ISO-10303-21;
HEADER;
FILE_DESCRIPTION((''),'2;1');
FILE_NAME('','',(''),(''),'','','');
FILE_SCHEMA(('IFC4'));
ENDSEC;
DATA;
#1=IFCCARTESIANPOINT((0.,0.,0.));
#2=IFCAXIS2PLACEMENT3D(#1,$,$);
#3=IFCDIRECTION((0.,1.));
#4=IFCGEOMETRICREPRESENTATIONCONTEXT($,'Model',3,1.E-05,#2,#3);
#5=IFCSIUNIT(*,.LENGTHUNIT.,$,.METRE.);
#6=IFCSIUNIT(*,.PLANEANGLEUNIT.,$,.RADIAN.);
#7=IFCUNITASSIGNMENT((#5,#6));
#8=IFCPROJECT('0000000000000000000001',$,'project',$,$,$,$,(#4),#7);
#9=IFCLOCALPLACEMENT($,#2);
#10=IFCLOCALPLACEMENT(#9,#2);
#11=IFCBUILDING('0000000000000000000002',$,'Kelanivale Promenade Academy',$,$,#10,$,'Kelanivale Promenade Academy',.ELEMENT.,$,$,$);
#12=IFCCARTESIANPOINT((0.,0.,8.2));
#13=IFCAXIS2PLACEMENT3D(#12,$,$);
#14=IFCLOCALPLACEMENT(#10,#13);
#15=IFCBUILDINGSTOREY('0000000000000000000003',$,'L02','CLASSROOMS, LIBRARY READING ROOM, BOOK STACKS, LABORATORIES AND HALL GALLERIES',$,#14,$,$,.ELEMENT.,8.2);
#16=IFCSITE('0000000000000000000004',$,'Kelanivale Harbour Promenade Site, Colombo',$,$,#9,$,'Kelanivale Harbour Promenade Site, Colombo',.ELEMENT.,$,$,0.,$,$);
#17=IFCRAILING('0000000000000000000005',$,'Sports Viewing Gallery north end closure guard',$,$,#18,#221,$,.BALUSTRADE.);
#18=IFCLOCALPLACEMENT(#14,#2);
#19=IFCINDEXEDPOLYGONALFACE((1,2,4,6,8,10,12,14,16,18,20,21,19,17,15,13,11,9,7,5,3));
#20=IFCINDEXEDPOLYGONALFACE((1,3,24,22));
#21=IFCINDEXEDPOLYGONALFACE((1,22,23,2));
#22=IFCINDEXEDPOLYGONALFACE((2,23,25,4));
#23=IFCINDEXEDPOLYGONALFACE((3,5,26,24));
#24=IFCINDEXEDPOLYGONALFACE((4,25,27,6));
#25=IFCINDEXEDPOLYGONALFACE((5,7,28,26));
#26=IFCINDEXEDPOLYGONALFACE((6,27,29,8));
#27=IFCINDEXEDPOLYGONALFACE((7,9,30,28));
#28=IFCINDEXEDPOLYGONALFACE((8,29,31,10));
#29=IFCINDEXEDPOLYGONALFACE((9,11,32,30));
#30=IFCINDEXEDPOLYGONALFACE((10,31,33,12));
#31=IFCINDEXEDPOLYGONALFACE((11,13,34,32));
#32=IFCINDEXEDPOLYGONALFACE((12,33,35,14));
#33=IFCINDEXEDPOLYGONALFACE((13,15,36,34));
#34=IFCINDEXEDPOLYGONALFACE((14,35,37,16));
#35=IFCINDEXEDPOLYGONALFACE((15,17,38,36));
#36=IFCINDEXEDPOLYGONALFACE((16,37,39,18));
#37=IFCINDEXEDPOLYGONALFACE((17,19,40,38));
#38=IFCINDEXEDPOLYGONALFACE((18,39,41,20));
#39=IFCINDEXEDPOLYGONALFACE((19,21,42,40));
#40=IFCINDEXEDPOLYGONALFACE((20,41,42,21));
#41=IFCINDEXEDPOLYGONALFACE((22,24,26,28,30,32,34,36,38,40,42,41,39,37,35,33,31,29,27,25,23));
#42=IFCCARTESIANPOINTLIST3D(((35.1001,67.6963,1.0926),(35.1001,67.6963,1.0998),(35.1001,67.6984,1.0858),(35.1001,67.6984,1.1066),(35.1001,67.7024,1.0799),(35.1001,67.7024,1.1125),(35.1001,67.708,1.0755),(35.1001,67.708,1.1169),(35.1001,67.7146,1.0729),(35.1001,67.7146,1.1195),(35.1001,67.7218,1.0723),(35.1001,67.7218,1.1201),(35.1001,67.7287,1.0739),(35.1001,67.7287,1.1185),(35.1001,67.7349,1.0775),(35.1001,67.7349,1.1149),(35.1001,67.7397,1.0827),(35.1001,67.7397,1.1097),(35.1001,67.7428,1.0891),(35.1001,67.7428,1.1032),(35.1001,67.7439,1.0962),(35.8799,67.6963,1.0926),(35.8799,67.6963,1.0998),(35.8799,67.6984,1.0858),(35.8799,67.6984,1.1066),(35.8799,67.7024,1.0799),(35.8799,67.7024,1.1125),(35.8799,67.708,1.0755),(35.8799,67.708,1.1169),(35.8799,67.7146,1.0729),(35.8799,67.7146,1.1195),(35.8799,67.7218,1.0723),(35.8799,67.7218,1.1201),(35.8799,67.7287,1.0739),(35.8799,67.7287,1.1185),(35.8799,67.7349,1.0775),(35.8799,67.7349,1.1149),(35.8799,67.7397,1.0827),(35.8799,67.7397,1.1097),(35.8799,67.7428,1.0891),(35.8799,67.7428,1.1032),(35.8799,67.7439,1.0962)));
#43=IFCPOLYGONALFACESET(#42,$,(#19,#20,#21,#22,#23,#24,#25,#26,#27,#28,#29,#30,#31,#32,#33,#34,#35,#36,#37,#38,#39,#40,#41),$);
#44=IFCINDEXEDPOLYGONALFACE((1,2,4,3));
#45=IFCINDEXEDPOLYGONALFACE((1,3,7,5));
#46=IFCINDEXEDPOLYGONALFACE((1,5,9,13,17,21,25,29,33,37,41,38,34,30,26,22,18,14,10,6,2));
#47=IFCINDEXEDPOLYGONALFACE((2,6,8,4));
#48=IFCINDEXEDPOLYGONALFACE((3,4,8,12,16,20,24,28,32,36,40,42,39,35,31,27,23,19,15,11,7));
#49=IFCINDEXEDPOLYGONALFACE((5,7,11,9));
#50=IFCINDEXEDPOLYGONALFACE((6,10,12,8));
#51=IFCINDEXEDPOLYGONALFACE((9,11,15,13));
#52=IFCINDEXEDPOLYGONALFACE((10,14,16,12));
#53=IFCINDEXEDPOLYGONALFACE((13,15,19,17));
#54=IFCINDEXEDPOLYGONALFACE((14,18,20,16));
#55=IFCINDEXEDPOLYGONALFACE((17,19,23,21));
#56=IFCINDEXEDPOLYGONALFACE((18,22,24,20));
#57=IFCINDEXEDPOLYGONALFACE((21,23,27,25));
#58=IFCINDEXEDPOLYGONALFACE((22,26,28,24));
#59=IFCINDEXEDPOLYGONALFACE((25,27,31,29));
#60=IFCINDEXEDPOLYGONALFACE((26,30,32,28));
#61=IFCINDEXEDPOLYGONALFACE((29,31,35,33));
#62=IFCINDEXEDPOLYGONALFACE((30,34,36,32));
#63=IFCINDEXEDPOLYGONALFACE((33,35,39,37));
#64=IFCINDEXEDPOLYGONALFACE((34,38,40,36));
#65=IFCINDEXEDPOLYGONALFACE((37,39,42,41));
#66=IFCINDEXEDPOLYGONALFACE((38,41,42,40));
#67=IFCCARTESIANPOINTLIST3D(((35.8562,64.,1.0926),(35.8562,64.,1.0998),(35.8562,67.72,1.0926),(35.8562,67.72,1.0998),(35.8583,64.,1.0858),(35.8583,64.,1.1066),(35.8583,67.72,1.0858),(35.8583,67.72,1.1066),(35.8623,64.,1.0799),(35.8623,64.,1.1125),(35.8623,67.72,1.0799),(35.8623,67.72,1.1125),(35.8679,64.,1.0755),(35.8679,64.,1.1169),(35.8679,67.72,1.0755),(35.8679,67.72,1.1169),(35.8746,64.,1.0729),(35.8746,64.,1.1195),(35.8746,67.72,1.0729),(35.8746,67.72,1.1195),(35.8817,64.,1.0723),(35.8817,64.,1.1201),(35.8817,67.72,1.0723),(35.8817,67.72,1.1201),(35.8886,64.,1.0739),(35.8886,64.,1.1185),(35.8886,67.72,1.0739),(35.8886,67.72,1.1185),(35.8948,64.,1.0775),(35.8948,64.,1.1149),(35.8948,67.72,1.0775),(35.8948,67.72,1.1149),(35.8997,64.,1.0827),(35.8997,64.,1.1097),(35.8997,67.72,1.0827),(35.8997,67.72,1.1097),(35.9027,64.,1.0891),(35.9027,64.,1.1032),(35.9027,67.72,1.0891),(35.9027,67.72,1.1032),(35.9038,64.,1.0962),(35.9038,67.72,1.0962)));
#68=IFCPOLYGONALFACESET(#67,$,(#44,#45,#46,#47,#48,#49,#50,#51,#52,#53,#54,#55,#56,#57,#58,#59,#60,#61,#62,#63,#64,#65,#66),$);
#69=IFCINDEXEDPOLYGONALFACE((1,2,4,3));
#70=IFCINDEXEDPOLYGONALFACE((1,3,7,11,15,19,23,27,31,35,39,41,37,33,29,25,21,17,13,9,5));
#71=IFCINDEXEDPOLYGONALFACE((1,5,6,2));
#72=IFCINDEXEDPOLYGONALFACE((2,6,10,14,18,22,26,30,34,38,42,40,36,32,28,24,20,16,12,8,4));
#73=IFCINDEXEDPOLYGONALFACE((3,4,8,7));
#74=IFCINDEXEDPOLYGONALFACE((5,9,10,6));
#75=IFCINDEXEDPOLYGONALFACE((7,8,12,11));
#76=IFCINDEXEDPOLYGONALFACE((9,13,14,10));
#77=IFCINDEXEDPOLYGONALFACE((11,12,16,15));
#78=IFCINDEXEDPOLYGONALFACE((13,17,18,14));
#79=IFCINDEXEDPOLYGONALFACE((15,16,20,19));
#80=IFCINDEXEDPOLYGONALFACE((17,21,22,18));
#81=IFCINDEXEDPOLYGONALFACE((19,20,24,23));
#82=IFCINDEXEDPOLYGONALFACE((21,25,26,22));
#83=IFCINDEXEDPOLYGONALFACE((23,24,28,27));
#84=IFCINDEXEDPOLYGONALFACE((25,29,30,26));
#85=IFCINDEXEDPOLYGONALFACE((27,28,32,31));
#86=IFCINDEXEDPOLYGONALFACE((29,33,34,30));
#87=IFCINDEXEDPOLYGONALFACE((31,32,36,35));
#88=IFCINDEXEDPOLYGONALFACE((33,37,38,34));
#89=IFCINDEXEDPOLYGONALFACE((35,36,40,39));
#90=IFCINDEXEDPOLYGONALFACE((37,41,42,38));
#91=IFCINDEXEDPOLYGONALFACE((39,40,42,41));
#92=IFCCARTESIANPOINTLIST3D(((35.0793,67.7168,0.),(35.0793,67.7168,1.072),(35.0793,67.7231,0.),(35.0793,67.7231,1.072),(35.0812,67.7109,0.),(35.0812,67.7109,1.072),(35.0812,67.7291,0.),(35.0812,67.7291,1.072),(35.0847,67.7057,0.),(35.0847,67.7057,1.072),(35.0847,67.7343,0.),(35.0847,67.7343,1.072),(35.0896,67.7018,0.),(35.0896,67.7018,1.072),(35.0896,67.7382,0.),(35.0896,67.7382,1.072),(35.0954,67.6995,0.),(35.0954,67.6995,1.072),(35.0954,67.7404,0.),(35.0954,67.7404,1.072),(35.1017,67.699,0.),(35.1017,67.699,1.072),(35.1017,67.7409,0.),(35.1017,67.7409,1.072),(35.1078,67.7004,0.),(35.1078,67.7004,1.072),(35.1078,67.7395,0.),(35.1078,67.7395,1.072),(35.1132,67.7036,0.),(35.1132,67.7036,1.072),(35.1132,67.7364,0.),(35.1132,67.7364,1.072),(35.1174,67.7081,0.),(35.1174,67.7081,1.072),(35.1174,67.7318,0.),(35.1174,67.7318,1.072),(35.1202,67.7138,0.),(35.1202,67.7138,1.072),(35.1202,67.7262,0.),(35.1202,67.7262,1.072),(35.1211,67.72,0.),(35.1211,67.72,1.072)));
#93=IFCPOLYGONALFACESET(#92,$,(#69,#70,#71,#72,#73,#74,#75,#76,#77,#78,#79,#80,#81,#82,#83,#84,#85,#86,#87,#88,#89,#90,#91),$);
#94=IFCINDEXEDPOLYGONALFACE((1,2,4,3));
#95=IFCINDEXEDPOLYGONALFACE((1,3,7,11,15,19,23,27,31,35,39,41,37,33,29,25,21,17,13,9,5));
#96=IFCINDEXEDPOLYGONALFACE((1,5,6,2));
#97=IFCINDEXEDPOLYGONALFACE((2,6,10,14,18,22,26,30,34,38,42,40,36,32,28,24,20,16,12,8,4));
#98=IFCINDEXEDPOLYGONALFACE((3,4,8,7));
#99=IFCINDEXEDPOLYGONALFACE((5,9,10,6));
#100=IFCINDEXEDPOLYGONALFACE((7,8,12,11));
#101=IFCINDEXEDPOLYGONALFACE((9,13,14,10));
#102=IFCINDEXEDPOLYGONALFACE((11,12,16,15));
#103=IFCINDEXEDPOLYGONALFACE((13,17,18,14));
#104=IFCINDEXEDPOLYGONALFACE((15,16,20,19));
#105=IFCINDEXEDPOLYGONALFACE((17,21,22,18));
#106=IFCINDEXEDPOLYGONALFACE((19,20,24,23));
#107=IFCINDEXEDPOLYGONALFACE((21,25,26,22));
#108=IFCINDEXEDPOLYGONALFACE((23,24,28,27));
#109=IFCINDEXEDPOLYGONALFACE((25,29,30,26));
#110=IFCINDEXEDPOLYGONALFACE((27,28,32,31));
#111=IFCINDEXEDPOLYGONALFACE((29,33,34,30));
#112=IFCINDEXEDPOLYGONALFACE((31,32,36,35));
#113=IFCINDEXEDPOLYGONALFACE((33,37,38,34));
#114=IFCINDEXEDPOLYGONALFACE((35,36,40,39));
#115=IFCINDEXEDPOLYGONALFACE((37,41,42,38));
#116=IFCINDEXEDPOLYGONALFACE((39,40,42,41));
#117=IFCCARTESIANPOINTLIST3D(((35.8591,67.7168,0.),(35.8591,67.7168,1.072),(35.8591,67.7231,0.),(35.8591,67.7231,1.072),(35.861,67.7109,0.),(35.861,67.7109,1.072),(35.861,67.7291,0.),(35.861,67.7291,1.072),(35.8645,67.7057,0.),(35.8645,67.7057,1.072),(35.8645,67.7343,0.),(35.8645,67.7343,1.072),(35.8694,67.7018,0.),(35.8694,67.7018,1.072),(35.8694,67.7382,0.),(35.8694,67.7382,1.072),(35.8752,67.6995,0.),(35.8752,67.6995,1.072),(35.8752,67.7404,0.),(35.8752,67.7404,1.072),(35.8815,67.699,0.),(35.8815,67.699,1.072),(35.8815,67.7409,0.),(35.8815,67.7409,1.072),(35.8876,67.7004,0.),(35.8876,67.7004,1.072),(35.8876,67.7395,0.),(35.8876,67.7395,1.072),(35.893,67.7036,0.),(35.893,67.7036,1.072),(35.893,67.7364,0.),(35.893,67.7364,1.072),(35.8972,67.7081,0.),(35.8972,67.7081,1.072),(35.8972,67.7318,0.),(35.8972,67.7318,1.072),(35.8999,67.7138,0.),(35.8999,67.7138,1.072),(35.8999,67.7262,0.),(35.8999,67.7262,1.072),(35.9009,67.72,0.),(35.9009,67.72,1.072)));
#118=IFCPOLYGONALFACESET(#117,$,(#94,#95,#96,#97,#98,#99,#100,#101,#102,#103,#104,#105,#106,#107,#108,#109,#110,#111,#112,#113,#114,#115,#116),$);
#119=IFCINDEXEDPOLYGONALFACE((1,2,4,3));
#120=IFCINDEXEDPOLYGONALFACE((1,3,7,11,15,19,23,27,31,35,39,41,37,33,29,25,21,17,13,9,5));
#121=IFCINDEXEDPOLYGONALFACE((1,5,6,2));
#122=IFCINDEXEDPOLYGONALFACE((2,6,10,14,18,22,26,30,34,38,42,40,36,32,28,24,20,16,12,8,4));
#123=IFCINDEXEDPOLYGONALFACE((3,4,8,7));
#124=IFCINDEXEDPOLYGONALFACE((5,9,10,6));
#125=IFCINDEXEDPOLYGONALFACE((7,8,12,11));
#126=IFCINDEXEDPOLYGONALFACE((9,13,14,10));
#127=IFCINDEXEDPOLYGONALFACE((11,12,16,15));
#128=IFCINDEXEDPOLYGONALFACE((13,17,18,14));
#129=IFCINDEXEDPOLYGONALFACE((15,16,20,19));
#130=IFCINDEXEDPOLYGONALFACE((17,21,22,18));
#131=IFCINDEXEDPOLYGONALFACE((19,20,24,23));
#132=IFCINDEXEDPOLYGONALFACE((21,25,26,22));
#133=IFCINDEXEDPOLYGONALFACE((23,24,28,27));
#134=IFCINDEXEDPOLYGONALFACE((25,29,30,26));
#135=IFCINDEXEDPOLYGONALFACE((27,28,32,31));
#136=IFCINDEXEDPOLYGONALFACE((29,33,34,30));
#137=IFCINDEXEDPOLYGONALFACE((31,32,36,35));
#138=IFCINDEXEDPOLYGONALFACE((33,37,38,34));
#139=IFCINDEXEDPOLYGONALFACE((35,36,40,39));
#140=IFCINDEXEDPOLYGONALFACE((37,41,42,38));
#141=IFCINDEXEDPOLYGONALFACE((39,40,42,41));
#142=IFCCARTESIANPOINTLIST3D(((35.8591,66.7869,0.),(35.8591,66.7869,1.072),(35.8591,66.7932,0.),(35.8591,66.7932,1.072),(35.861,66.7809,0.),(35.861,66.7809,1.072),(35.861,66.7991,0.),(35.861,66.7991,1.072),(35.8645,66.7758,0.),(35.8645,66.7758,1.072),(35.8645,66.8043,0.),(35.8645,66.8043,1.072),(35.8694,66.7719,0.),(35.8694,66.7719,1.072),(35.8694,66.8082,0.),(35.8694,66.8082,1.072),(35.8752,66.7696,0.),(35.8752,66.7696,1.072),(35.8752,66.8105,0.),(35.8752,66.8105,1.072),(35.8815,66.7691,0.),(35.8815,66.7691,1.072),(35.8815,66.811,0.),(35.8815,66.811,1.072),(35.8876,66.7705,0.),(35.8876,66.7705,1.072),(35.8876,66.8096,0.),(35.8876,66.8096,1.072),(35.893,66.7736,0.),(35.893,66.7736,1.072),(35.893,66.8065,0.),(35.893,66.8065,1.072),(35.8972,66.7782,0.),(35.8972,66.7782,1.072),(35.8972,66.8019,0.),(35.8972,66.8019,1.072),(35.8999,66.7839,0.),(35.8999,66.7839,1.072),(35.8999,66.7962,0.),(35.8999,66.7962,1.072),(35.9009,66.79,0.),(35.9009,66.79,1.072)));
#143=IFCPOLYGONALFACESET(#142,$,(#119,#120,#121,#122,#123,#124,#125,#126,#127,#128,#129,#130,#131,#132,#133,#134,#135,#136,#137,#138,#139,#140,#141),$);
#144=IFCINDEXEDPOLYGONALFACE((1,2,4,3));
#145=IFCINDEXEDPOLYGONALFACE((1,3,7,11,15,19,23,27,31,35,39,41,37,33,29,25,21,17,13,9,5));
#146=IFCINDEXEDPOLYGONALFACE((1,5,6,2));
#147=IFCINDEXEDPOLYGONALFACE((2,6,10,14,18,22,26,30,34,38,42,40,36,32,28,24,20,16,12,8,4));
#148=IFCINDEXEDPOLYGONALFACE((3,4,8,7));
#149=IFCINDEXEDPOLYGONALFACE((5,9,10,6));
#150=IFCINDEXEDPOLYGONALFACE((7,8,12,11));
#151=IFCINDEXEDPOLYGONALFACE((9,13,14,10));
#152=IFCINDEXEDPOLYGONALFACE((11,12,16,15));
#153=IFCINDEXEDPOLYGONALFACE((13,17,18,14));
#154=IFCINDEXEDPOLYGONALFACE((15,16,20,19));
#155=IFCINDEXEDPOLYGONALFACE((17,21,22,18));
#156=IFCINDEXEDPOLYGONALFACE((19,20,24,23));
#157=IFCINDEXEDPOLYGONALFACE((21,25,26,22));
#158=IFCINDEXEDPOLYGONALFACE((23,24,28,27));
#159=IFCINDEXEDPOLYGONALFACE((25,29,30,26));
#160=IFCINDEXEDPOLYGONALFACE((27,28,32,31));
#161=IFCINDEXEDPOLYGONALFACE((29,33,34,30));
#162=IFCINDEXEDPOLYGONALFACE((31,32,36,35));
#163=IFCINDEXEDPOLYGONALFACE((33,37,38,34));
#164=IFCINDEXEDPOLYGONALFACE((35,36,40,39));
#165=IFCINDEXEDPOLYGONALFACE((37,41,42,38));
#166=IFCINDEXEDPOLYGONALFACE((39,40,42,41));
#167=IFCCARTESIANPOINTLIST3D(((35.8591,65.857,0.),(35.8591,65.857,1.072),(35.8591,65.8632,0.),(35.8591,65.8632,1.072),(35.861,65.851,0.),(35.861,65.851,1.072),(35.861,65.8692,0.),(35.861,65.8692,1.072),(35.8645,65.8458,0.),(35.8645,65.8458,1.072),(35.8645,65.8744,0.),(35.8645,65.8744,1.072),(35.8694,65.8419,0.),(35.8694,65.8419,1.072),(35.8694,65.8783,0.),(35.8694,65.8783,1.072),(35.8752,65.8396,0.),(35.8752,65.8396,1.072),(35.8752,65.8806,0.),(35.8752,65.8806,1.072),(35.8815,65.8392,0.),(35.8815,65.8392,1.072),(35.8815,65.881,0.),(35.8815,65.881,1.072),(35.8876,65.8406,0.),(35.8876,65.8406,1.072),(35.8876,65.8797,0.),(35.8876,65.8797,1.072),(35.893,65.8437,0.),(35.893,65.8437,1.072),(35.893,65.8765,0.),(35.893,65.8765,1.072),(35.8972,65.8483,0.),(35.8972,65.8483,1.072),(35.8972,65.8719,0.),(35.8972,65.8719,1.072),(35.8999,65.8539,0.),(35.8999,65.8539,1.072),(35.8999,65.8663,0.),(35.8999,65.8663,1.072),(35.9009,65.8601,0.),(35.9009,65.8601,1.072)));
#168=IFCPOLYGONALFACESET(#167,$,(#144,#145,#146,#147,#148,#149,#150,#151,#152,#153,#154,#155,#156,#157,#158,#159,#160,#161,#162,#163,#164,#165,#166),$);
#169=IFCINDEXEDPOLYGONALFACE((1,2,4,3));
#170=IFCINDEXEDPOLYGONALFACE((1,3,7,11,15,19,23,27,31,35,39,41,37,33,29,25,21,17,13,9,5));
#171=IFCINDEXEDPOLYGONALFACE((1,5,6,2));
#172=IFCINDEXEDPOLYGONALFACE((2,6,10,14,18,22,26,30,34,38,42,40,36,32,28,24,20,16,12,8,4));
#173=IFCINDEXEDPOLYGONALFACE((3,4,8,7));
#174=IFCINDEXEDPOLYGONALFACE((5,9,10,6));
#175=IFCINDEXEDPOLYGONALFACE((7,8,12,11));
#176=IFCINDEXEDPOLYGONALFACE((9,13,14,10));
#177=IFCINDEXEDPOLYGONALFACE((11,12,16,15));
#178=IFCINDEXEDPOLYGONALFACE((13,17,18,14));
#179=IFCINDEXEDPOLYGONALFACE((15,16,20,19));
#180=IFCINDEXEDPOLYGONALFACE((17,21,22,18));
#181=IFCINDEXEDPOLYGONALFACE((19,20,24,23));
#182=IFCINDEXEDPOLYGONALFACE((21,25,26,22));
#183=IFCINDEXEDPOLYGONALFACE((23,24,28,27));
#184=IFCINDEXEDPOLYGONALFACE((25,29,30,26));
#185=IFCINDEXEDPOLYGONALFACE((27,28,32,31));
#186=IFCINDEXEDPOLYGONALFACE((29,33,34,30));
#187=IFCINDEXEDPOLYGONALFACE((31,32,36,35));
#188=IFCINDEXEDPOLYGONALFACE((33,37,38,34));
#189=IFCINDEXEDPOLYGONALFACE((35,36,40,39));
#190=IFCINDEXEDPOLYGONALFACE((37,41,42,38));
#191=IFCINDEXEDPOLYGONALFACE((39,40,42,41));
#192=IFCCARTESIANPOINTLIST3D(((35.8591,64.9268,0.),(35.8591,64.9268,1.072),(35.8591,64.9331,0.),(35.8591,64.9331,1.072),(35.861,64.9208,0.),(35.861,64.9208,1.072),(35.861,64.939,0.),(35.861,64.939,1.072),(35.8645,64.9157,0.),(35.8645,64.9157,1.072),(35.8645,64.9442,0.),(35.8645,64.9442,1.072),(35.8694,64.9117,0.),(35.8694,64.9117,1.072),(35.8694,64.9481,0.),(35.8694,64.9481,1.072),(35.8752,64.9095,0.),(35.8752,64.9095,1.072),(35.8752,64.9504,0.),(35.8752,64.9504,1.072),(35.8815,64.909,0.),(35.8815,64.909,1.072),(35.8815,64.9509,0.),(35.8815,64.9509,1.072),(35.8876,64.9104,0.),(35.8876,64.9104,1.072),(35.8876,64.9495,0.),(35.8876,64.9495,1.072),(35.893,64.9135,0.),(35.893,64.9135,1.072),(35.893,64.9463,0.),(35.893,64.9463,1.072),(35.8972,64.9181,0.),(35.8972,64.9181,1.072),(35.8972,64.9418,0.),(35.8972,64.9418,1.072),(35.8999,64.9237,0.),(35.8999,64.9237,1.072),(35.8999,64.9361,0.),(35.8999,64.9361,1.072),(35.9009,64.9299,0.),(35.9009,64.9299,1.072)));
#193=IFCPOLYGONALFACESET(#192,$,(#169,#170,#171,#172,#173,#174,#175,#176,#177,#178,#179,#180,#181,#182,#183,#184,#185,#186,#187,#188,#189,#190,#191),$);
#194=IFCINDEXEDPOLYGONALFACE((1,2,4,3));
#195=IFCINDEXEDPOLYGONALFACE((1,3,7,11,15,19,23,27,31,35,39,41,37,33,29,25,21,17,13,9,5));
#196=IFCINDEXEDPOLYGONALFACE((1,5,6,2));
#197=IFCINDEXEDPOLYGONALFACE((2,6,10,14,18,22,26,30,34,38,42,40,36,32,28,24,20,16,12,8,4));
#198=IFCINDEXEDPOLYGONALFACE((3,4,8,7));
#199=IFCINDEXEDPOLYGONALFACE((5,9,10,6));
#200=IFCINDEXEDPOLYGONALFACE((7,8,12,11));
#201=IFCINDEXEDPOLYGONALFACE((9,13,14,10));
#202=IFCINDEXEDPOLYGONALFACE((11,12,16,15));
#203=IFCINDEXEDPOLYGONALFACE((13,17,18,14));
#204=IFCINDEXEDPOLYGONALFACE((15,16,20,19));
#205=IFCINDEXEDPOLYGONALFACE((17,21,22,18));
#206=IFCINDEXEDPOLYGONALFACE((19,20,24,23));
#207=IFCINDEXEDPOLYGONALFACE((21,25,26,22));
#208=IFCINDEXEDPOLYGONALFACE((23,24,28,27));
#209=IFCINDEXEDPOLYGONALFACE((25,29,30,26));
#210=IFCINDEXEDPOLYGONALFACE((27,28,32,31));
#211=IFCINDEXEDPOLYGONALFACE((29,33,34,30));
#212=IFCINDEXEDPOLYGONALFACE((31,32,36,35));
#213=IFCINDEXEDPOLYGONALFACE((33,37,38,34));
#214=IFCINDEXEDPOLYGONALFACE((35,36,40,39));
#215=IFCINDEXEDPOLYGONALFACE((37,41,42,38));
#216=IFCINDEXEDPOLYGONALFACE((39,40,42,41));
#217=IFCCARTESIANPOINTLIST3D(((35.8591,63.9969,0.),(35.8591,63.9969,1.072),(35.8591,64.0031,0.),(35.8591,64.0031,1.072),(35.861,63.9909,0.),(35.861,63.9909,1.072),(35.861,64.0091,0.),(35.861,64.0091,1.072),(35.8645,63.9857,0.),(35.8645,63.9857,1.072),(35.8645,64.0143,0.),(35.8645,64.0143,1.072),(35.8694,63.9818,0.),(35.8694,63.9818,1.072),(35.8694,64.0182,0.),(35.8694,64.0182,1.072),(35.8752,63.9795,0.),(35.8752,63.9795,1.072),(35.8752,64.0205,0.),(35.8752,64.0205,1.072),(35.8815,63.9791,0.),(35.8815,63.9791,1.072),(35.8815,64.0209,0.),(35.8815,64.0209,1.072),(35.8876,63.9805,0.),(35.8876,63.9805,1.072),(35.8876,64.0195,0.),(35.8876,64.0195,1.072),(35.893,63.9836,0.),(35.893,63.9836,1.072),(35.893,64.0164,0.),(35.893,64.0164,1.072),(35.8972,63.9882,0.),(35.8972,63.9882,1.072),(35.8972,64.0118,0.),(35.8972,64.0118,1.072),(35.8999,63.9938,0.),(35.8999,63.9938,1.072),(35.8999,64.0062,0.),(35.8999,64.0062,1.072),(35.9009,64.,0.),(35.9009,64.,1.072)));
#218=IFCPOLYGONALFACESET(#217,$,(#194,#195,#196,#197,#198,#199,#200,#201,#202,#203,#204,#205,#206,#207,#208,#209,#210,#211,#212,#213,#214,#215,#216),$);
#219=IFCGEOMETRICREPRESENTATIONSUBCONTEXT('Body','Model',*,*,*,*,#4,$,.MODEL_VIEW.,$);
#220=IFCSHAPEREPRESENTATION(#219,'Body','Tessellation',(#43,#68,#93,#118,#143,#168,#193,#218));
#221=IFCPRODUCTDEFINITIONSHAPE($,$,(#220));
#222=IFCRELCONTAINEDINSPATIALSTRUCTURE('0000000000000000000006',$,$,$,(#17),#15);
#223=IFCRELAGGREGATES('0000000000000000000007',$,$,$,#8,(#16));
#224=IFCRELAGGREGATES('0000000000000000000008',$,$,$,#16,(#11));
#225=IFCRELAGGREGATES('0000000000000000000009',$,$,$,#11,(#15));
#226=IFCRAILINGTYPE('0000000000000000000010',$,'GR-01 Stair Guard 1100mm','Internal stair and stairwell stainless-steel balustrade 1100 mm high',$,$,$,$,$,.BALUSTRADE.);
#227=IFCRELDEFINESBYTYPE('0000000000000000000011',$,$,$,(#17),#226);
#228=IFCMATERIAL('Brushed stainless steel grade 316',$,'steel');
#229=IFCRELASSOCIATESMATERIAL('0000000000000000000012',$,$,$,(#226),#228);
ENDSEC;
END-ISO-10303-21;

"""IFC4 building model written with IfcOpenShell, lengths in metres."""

from ifc_helpers import new_model, si_unit, direction, frame, origin, origin_2d, place, context, subcontext, project, spatial, circle, extrude, material, type_object, element, save


model = new_model("IFC4")

# Units and contexts
model_context = context("Model", 3, precision=1e-05, world=origin(), true_north=direction((0.0, 1.0)))
body_context = subcontext(model_context, "Body", "Model", "MODEL_VIEW")
ifc_project = project(units=[si_unit("LENGTHUNIT", "METRE"), si_unit("PLANEANGLEUNIT", "RADIAN")], contexts=[model_context])

# Site, building, storey
site_placement = place(None, origin())
site = spatial("IfcSite", under=ifc_project, at=site_placement, Name="Kelanivale Harbour Promenade Site, Colombo", LongName="Kelanivale Harbour Promenade Site, Colombo", CompositionType="ELEMENT", RefElevation=0.0)
building_placement = place(site_placement, origin())
building = spatial("IfcBuilding", under=site, at=building_placement, Name="Kelanivale Promenade Academy", LongName="Kelanivale Promenade Academy", CompositionType="ELEMENT")
storey_placement = place(building_placement, frame((0.0, 0.0, 8.2)))
storey = spatial("IfcBuildingStorey", under=building, at=storey_placement, Name="L02", Description="CLASSROOMS, LIBRARY READING ROOM, BOOK STACKS, LABORATORIES AND HALL GALLERIES", CompositionType="ELEMENT", Elevation=8.2)

# Railing
ifc_material_1 = material(Name="Brushed stainless steel grade 316", Category="steel")
railing_type_1 = type_object("IfcRailingType", Name="GR-01 Stair Guard 1100mm", Description="Internal stair and stairwell stainless-steel balustrade 1100 mm high", PredefinedType="BALUSTRADE", material=ifc_material_1)
railing_1_placement = place(storey_placement, frame((35.1001, 67.72, 0.0)))
element("IfcRailing", 1, at=railing_1_placement, inside=storey, type_object=railing_type_1, Name="Sports Viewing Gallery north end closure guard", PredefinedType="BALUSTRADE", context=body_context, shape_type="SweptSolid", body=[
    extrude(circle(Radius=0.0239, at=origin_2d()), frame((0.0, 0.0, 1.0962), z_axis=(1.0, 0.0, 0.0), x_axis=(0.0, 1.0, 0.0)), (0.0, 0.0, 1.0), 0.7798),
    extrude(circle(Radius=0.0239, at=origin_2d()), frame((0.7798, 0.0, 1.0962), z_axis=(0.0, -1.0, 0.0), x_axis=(1.0, 0.0, 0.0)), (0.0, 0.0, 1.0), 3.72),
    extrude(circle(Radius=0.021, at=origin_2d()), origin(), (0.0, 0.0, 1.0), 1.072),
    extrude(circle(Radius=0.021, at=origin_2d()), frame((0.7798, 0.0, 0.0)), (0.0, 0.0, 1.0), 1.072),
    extrude(circle(Radius=0.021, at=origin_2d()), frame((0.7798, -0.9299, 0.0)), (0.0, 0.0, 1.0), 1.072),
    extrude(circle(Radius=0.021, at=origin_2d()), frame((0.7798, -1.8599, 0.0)), (0.0, 0.0, 1.0), 1.072),
    extrude(circle(Radius=0.021, at=origin_2d()), frame((0.7798, -2.79, 0.0)), (0.0, 0.0, 1.0), 1.072),
    extrude(circle(Radius=0.021, at=origin_2d()), frame((0.7798, -3.72, 0.0)), (0.0, 0.0, 1.0), 1.072),
])

save(model, "model.ifc")
